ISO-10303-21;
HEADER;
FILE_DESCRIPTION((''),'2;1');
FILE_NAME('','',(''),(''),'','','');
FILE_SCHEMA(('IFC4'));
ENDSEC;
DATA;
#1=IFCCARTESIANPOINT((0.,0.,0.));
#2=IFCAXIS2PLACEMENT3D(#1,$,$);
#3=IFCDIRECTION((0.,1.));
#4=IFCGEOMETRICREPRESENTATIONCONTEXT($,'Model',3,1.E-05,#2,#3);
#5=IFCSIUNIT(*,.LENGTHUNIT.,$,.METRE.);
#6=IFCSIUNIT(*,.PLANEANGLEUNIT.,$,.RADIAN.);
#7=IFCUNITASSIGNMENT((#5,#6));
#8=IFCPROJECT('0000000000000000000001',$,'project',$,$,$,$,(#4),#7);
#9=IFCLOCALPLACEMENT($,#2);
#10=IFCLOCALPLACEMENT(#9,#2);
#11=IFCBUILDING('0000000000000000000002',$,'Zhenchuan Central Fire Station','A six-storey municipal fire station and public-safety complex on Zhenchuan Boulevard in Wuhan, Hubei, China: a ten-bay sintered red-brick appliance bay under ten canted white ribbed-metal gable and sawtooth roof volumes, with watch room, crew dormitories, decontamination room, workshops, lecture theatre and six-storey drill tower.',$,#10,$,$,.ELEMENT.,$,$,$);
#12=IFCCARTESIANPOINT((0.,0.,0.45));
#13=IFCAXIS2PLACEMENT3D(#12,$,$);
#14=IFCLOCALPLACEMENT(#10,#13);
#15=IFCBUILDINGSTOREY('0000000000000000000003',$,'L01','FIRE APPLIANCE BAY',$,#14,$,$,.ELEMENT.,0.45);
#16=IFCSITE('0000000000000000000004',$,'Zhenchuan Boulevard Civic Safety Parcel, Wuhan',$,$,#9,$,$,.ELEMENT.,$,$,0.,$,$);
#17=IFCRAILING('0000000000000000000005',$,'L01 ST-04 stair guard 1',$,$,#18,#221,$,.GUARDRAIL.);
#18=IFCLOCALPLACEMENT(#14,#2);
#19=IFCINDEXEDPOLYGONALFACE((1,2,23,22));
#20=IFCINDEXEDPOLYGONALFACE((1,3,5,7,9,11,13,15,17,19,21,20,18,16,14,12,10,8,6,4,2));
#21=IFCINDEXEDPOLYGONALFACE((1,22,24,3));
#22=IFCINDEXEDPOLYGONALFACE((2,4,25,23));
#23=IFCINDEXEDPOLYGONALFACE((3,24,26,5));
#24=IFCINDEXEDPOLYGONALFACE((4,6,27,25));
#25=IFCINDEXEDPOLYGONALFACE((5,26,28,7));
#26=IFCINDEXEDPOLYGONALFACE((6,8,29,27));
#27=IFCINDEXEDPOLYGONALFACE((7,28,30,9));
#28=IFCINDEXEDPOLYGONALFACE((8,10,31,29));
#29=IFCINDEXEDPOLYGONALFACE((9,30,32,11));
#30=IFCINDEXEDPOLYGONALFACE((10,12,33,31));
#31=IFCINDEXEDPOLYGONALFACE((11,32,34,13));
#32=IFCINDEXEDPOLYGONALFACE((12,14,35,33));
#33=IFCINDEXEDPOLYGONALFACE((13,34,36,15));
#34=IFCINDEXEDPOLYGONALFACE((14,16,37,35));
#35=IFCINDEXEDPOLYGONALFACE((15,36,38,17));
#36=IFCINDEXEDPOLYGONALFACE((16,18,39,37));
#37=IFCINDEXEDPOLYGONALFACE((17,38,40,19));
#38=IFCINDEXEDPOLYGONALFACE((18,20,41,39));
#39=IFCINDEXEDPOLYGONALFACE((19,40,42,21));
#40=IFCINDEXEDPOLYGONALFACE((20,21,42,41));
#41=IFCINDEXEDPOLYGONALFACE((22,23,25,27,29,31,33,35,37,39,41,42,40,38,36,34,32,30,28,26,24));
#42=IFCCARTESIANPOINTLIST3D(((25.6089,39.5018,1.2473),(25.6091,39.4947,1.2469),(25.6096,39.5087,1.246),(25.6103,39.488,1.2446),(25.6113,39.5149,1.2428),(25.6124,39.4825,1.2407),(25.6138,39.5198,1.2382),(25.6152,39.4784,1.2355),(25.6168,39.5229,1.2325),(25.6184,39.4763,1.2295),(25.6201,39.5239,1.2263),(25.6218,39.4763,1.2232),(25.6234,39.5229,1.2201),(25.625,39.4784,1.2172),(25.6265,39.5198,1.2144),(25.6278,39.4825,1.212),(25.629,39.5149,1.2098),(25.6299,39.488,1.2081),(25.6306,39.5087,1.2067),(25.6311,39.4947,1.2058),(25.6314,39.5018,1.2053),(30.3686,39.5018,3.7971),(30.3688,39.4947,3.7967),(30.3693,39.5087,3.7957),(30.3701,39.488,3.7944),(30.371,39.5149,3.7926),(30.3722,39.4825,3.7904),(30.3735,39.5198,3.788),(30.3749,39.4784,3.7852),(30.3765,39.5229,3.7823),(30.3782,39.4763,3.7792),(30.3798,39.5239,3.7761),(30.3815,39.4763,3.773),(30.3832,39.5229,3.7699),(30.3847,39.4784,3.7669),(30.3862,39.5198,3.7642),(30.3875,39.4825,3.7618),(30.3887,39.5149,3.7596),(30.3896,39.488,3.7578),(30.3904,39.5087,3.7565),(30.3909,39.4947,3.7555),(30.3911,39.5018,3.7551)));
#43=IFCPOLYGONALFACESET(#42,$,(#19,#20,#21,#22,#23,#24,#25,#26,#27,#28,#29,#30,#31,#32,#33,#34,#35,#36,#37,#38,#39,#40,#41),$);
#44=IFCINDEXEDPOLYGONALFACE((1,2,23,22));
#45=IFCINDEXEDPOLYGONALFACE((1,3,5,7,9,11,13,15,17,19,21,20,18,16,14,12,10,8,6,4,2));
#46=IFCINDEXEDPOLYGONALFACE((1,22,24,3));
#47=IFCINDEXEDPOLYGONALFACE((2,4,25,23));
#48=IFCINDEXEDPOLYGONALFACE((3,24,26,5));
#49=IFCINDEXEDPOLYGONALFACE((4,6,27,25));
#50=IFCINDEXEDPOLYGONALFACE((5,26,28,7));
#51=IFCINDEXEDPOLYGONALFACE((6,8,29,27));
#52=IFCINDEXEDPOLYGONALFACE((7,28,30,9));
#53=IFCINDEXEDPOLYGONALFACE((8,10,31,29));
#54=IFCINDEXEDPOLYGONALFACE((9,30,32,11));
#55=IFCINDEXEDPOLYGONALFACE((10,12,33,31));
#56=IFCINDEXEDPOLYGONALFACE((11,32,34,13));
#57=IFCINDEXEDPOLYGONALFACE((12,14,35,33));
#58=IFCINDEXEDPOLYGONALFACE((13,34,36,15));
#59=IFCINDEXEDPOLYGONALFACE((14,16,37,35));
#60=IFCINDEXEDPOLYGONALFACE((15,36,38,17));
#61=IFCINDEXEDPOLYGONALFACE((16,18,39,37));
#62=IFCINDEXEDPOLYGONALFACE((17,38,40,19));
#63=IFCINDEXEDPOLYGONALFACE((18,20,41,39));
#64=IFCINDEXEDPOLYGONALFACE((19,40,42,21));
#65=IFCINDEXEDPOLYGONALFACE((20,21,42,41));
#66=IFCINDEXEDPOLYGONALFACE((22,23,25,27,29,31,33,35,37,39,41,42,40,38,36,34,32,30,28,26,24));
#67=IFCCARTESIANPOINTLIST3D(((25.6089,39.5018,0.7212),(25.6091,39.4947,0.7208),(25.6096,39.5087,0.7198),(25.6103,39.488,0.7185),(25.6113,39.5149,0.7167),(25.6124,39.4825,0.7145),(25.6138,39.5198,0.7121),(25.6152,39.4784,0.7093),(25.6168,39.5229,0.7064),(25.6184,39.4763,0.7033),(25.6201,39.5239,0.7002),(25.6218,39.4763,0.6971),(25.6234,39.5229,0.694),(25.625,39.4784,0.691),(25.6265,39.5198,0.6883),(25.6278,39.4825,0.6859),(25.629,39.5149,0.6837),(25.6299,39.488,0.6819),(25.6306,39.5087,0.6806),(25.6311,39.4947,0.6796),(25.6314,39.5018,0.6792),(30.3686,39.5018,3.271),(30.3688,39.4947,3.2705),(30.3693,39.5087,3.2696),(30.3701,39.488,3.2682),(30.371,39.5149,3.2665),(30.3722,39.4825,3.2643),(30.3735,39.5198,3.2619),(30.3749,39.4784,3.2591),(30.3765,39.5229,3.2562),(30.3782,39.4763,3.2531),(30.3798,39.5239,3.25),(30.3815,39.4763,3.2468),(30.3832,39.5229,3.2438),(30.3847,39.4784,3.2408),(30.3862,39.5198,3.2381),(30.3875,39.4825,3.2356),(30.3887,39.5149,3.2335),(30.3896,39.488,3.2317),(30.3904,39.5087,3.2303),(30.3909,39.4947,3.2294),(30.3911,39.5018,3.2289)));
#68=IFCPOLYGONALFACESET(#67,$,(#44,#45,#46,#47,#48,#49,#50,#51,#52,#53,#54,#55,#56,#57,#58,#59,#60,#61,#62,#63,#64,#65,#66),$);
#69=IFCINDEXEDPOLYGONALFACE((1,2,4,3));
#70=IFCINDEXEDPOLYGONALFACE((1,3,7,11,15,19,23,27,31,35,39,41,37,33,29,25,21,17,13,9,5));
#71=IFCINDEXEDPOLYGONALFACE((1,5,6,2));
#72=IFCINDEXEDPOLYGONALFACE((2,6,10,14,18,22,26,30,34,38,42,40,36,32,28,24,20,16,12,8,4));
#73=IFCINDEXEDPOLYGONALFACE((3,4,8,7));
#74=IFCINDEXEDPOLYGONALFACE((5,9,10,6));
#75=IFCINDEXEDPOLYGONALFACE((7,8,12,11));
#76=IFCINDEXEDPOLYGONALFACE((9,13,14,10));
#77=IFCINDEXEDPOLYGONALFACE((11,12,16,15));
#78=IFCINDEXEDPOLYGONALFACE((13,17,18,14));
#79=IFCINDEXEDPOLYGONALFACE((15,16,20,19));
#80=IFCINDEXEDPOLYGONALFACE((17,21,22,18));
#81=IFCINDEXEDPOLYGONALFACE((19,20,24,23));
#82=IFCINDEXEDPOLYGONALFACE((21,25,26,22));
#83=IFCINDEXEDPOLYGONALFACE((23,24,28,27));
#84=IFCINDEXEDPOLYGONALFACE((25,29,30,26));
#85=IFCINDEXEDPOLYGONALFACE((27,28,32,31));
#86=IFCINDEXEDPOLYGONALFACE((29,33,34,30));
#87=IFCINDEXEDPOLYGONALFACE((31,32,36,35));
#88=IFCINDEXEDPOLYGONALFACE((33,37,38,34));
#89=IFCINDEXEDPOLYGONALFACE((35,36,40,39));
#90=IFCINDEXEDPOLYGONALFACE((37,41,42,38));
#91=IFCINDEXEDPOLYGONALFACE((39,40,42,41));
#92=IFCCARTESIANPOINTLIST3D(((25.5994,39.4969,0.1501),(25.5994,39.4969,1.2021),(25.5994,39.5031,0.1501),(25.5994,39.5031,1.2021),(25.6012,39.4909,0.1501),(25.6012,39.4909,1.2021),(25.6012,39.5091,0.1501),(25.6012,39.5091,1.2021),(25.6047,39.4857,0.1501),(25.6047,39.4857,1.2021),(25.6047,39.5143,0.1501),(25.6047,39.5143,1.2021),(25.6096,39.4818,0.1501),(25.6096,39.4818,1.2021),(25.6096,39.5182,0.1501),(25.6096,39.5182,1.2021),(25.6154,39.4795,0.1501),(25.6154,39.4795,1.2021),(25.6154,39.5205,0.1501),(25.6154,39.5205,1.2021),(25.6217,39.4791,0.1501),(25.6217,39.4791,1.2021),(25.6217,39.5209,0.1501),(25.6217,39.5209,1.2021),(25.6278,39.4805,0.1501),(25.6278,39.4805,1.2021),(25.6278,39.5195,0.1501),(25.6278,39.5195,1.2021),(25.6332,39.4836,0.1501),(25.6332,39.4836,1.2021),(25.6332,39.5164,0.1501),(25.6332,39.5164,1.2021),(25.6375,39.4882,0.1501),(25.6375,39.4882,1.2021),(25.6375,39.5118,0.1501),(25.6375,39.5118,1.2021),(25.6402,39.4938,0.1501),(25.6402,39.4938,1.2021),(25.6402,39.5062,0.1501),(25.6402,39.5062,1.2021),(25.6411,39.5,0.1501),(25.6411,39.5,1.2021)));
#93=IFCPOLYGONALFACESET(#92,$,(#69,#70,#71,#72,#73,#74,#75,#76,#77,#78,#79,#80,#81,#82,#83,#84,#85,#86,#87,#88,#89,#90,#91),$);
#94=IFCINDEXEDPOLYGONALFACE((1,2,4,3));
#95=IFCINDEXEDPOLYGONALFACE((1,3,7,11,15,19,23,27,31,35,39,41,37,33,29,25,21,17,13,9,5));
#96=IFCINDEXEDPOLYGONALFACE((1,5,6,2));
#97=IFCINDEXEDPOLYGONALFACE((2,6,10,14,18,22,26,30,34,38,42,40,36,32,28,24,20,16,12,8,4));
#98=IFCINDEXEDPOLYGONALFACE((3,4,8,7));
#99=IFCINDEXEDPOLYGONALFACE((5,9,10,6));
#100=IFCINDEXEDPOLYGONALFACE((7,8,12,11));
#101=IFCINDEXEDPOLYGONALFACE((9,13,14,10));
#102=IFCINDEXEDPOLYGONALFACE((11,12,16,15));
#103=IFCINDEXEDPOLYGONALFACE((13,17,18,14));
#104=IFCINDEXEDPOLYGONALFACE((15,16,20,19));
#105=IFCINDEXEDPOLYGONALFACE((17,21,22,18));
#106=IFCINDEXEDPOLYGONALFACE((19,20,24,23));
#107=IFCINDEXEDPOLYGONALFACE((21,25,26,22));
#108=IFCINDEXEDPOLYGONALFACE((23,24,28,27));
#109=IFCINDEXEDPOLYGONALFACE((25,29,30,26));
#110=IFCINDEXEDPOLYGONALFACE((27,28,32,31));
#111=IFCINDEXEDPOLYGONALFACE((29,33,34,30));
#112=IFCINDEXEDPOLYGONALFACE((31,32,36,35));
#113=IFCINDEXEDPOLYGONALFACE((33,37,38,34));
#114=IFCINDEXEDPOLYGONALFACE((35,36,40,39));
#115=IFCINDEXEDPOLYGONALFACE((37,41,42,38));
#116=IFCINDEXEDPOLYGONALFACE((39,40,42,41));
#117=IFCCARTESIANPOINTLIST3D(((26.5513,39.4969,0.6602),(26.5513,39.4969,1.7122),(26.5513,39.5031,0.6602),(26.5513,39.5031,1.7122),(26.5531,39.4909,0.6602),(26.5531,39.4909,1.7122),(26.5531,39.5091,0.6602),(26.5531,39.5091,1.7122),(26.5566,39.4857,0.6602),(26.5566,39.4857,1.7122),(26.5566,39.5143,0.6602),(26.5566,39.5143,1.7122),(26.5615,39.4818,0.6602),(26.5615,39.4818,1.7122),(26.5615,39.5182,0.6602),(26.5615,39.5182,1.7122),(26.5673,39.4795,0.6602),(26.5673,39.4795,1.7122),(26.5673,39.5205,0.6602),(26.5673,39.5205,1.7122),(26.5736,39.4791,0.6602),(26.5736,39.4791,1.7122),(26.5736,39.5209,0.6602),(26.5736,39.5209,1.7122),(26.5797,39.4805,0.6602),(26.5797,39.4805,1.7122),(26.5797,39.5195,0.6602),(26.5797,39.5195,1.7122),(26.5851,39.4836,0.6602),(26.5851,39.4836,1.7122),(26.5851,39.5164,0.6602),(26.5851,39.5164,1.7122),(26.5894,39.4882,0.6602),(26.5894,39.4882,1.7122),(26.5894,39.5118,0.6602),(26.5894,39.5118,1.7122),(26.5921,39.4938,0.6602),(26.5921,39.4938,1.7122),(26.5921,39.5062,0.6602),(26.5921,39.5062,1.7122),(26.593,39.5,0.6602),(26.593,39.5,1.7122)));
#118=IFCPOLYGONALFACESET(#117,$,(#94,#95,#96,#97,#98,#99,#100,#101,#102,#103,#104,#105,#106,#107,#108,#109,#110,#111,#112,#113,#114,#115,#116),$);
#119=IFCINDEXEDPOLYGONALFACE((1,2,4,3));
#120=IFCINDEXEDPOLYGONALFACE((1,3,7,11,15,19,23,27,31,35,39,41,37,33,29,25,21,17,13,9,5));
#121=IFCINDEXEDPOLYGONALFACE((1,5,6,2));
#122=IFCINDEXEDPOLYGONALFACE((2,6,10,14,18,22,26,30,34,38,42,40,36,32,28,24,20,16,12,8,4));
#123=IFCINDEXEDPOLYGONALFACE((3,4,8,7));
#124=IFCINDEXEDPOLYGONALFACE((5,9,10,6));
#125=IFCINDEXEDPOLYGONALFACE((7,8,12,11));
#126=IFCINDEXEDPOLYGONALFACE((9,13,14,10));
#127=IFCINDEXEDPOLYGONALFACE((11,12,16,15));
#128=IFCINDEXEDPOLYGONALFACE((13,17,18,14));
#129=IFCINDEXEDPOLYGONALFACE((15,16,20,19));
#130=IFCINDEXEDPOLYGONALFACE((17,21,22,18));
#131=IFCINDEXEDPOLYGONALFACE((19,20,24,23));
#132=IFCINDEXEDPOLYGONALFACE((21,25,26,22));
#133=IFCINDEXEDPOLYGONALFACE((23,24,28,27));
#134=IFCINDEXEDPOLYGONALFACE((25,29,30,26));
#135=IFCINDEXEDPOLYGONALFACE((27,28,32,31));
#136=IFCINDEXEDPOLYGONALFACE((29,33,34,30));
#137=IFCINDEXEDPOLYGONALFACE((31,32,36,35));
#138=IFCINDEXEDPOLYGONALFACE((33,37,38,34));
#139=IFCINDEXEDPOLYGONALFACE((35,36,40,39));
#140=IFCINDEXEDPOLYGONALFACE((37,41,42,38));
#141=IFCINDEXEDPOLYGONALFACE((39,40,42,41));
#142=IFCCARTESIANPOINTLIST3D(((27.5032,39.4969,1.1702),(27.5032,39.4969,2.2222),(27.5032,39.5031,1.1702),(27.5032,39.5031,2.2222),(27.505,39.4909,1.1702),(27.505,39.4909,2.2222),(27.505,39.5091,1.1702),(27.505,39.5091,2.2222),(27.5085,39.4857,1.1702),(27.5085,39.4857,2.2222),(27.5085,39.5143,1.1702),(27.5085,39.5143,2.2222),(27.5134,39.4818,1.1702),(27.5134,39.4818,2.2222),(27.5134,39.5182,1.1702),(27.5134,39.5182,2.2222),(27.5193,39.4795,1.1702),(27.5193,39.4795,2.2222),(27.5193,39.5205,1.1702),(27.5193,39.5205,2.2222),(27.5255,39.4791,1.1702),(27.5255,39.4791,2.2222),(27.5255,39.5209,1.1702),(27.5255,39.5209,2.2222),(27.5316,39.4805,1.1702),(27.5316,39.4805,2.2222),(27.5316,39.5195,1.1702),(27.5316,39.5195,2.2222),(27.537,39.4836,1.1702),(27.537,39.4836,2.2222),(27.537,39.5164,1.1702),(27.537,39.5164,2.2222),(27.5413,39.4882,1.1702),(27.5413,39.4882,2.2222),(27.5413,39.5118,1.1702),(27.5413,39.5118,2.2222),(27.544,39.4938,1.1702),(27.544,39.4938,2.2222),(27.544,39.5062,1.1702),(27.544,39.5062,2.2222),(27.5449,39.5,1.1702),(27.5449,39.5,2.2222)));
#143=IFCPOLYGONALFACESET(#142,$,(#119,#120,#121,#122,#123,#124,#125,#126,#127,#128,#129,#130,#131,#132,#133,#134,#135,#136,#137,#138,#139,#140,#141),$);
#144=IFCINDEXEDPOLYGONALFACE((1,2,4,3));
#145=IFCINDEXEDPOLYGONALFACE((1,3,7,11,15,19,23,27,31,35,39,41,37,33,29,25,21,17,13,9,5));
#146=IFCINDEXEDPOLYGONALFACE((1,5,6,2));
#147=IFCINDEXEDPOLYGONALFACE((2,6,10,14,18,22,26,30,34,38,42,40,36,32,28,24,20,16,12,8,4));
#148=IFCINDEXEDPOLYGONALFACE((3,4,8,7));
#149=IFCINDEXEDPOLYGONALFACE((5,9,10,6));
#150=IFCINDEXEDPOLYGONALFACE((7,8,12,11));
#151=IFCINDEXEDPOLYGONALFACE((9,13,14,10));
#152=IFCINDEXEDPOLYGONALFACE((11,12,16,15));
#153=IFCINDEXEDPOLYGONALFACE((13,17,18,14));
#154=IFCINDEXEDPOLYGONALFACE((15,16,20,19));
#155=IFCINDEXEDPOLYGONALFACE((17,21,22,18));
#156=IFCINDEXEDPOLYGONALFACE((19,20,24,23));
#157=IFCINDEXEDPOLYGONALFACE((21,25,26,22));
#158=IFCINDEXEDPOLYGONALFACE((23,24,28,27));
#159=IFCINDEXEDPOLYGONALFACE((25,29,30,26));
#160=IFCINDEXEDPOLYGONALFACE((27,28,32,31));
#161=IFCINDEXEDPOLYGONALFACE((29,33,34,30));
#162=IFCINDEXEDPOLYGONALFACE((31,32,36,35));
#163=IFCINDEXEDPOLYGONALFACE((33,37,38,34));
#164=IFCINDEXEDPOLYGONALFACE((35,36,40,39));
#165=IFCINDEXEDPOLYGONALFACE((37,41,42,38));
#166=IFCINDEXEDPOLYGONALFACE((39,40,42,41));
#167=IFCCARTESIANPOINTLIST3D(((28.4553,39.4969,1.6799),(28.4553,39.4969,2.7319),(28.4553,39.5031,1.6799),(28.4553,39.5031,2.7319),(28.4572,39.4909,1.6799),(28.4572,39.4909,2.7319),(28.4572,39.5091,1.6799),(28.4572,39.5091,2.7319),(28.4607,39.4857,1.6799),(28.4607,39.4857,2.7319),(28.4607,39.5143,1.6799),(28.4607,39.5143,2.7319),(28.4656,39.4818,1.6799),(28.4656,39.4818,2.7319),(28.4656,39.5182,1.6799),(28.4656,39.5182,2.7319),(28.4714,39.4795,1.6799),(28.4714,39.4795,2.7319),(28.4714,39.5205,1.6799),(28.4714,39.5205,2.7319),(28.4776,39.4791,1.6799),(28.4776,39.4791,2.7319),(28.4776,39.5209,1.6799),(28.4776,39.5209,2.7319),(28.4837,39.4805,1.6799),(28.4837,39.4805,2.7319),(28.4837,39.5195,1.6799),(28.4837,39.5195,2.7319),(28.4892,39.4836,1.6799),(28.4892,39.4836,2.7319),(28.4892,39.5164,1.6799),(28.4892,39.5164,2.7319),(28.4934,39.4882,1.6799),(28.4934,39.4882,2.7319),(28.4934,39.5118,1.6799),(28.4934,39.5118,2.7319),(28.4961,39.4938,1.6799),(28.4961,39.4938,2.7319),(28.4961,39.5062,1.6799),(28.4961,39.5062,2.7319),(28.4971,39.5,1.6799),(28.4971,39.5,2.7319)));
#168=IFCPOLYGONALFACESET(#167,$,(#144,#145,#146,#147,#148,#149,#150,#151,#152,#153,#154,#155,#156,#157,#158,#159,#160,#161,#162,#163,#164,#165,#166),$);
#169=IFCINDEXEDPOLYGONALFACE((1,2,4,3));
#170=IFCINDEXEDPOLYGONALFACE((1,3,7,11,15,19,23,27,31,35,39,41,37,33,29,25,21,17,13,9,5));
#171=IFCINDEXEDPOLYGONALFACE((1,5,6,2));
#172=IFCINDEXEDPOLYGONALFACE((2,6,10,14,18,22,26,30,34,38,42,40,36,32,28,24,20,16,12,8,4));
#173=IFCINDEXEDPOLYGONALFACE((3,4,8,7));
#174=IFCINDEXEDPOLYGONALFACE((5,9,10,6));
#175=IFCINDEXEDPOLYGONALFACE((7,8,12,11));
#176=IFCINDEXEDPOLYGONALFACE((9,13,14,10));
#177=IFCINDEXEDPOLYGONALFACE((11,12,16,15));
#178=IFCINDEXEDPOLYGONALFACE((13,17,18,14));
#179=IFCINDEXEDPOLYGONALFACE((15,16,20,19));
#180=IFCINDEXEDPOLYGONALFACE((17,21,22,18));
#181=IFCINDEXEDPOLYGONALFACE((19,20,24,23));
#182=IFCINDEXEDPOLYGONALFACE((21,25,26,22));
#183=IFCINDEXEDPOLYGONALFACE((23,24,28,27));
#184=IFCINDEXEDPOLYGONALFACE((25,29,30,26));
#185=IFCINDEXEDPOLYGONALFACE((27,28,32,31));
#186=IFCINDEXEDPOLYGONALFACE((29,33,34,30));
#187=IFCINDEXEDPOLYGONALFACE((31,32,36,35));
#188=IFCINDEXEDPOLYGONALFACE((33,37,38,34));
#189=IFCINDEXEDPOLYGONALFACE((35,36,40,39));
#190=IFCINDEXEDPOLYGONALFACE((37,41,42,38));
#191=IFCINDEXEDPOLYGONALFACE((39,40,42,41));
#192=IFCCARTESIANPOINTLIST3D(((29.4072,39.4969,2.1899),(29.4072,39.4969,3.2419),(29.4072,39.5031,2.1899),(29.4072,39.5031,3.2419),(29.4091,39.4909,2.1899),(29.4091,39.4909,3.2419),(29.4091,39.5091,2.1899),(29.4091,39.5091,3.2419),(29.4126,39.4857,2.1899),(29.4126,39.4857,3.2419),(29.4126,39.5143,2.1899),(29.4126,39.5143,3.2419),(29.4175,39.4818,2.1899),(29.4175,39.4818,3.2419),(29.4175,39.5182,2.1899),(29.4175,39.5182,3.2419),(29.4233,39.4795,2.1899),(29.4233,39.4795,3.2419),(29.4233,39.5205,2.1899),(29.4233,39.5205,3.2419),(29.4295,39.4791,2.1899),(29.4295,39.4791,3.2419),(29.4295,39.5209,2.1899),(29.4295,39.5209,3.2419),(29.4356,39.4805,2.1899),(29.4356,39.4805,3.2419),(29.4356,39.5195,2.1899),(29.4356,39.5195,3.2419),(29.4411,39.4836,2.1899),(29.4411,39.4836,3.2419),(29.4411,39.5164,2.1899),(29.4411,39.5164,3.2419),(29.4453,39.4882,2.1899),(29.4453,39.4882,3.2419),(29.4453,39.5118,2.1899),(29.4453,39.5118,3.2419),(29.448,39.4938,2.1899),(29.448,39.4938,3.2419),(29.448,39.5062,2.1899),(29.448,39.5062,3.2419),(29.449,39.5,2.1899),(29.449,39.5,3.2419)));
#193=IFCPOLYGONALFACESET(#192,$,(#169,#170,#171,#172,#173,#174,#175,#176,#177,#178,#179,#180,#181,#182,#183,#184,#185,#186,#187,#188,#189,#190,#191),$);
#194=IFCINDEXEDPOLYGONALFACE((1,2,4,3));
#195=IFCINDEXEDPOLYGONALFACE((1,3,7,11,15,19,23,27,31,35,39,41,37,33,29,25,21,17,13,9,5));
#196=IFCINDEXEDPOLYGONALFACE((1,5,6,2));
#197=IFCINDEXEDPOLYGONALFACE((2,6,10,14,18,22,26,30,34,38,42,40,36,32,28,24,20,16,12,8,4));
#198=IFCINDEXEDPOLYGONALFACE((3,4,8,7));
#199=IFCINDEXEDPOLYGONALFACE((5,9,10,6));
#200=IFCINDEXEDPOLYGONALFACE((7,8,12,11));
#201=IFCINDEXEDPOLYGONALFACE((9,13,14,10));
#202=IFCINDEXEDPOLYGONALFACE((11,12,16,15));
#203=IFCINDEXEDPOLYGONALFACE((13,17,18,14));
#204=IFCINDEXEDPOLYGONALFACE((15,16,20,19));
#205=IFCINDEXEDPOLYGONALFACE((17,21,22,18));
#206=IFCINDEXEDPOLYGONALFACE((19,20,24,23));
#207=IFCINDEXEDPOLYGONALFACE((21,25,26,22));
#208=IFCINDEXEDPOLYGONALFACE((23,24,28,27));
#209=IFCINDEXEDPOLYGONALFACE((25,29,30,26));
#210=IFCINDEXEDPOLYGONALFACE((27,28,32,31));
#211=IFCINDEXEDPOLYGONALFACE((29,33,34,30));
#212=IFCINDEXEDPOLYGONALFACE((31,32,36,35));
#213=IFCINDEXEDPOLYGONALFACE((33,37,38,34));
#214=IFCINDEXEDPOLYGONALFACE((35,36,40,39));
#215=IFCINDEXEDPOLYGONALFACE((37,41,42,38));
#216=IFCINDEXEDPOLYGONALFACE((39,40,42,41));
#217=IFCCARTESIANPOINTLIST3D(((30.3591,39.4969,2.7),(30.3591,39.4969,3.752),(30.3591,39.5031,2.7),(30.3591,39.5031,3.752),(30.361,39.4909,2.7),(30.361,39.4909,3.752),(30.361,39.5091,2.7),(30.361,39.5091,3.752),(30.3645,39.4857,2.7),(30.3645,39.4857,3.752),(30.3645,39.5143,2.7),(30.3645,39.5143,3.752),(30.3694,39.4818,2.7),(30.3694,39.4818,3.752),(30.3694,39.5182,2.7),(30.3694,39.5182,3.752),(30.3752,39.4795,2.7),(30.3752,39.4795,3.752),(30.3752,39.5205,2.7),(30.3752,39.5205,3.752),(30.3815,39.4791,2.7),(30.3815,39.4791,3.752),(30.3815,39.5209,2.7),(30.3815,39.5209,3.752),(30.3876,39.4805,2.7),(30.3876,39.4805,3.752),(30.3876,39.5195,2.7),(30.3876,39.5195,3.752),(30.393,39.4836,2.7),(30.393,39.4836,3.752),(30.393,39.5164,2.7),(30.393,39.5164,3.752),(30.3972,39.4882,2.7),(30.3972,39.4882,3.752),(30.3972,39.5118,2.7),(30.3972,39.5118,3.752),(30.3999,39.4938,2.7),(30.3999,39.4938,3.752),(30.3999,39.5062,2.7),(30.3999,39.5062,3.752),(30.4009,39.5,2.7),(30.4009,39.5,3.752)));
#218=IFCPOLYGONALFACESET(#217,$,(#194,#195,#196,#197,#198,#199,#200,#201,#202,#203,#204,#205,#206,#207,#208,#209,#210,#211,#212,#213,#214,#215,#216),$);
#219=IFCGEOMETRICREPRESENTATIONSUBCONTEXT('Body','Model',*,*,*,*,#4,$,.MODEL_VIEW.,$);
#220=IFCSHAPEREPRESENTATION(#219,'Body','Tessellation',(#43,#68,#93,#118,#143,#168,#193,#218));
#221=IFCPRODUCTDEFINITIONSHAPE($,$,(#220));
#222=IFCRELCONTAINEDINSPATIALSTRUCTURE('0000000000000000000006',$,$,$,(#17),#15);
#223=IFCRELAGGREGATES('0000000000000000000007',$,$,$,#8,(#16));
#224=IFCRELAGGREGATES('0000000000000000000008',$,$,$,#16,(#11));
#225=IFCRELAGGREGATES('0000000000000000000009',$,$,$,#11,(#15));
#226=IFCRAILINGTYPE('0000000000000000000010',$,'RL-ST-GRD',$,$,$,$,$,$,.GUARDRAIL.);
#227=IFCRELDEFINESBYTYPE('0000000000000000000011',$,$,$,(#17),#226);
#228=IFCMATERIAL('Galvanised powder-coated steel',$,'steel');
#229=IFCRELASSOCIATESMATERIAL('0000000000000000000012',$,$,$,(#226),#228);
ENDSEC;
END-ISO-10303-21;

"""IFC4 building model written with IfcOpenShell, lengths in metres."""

from ifc_helpers import new_model, si_unit, direction, frame, origin, origin_2d, place, context, subcontext, project, spatial, circle, extrude, material, type_object, element, save


model = new_model("IFC4")

# Units and contexts
model_context = context("Model", 3, precision=1e-05, world=origin(), true_north=direction((0.0, 1.0)))
body_context = subcontext(model_context, "Body", "Model", "MODEL_VIEW")
ifc_project = project(units=[si_unit("LENGTHUNIT", "METRE"), si_unit("PLANEANGLEUNIT", "RADIAN")], contexts=[model_context])

# Site, building, storey
site_placement = place(None, origin())
site = spatial("IfcSite", under=ifc_project, at=site_placement, Name="Zhenchuan Boulevard Civic Safety Parcel, Wuhan", CompositionType="ELEMENT", RefElevation=0.0)
building_placement = place(site_placement, origin())
building = spatial("IfcBuilding", under=site, at=building_placement, Name="Zhenchuan Central Fire Station", Description="A six-storey municipal fire station and public-safety complex on Zhenchuan Boulevard in Wuhan, Hubei, China: a ten-bay sintered red-brick appliance bay under ten canted white ribbed-metal gable and sawtooth roof volumes, with watch room, crew dormitories, decontamination room, workshops, lecture theatre and six-storey drill tower.", CompositionType="ELEMENT")
storey_placement = place(building_placement, frame((0.0, 0.0, 0.45)))
storey = spatial("IfcBuildingStorey", under=building, at=storey_placement, Name="L01", Description="FIRE APPLIANCE BAY", CompositionType="ELEMENT", Elevation=0.45)

# Railing
ifc_material_1 = material(Name="Galvanised powder-coated steel", Category="steel")
railing_type = type_object("IfcRailingType", Name="RL-ST-GRD", PredefinedType="GUARDRAIL", material=ifc_material_1)
railing_1_placement = place(storey_placement, frame((25.6201, 39.5, 0.1501)))
element("IfcRailing", 1, at=railing_1_placement, inside=storey, type_object=railing_type, Name="L01 ST-04 stair guard 1", PredefinedType="GUARDRAIL", context=body_context, shape_type="SweptSolid", body=[
    extrude(circle(Radius=0.0239, at=origin_2d()), frame((0.0, 0.0, 1.0762), z_axis=(0.881485, 0.0, 0.472211), x_axis=(0.0, 1.0, 0.0)), (0.0, 0.0, 1.0), 5.3997),
    extrude(circle(Radius=0.0239, at=origin_2d()), frame((0.0, 0.0, 0.55), z_axis=(0.881485, 0.0, 0.472211), x_axis=(0.0, 1.0, 0.0)), (0.0, 0.0, 1.0), 5.3997),
    extrude(circle(Radius=0.021, at=origin_2d()), origin(), (0.0, 0.0, 1.0), 1.052),
    extrude(circle(Radius=0.021, at=origin_2d()), frame((0.9519, 0.0, 0.51)), (0.0, 0.0, 1.0), 1.052),
    extrude(circle(Radius=0.021, at=origin_2d()), frame((1.9038, 0.0, 1.02)), (0.0, 0.0, 1.0), 1.052),
    extrude(circle(Radius=0.021, at=origin_2d()), frame((2.856, 0.0, 1.5298)), (0.0, 0.0, 1.0), 1.052),
    extrude(circle(Radius=0.021, at=origin_2d()), frame((3.8079, 0.0, 2.0398)), (0.0, 0.0, 1.0), 1.052),
    extrude(circle(Radius=0.021, at=origin_2d()), frame((4.7598, 0.0, 2.5498)), (0.0, 0.0, 1.0), 1.052),
])

save(model, "model.ifc")
